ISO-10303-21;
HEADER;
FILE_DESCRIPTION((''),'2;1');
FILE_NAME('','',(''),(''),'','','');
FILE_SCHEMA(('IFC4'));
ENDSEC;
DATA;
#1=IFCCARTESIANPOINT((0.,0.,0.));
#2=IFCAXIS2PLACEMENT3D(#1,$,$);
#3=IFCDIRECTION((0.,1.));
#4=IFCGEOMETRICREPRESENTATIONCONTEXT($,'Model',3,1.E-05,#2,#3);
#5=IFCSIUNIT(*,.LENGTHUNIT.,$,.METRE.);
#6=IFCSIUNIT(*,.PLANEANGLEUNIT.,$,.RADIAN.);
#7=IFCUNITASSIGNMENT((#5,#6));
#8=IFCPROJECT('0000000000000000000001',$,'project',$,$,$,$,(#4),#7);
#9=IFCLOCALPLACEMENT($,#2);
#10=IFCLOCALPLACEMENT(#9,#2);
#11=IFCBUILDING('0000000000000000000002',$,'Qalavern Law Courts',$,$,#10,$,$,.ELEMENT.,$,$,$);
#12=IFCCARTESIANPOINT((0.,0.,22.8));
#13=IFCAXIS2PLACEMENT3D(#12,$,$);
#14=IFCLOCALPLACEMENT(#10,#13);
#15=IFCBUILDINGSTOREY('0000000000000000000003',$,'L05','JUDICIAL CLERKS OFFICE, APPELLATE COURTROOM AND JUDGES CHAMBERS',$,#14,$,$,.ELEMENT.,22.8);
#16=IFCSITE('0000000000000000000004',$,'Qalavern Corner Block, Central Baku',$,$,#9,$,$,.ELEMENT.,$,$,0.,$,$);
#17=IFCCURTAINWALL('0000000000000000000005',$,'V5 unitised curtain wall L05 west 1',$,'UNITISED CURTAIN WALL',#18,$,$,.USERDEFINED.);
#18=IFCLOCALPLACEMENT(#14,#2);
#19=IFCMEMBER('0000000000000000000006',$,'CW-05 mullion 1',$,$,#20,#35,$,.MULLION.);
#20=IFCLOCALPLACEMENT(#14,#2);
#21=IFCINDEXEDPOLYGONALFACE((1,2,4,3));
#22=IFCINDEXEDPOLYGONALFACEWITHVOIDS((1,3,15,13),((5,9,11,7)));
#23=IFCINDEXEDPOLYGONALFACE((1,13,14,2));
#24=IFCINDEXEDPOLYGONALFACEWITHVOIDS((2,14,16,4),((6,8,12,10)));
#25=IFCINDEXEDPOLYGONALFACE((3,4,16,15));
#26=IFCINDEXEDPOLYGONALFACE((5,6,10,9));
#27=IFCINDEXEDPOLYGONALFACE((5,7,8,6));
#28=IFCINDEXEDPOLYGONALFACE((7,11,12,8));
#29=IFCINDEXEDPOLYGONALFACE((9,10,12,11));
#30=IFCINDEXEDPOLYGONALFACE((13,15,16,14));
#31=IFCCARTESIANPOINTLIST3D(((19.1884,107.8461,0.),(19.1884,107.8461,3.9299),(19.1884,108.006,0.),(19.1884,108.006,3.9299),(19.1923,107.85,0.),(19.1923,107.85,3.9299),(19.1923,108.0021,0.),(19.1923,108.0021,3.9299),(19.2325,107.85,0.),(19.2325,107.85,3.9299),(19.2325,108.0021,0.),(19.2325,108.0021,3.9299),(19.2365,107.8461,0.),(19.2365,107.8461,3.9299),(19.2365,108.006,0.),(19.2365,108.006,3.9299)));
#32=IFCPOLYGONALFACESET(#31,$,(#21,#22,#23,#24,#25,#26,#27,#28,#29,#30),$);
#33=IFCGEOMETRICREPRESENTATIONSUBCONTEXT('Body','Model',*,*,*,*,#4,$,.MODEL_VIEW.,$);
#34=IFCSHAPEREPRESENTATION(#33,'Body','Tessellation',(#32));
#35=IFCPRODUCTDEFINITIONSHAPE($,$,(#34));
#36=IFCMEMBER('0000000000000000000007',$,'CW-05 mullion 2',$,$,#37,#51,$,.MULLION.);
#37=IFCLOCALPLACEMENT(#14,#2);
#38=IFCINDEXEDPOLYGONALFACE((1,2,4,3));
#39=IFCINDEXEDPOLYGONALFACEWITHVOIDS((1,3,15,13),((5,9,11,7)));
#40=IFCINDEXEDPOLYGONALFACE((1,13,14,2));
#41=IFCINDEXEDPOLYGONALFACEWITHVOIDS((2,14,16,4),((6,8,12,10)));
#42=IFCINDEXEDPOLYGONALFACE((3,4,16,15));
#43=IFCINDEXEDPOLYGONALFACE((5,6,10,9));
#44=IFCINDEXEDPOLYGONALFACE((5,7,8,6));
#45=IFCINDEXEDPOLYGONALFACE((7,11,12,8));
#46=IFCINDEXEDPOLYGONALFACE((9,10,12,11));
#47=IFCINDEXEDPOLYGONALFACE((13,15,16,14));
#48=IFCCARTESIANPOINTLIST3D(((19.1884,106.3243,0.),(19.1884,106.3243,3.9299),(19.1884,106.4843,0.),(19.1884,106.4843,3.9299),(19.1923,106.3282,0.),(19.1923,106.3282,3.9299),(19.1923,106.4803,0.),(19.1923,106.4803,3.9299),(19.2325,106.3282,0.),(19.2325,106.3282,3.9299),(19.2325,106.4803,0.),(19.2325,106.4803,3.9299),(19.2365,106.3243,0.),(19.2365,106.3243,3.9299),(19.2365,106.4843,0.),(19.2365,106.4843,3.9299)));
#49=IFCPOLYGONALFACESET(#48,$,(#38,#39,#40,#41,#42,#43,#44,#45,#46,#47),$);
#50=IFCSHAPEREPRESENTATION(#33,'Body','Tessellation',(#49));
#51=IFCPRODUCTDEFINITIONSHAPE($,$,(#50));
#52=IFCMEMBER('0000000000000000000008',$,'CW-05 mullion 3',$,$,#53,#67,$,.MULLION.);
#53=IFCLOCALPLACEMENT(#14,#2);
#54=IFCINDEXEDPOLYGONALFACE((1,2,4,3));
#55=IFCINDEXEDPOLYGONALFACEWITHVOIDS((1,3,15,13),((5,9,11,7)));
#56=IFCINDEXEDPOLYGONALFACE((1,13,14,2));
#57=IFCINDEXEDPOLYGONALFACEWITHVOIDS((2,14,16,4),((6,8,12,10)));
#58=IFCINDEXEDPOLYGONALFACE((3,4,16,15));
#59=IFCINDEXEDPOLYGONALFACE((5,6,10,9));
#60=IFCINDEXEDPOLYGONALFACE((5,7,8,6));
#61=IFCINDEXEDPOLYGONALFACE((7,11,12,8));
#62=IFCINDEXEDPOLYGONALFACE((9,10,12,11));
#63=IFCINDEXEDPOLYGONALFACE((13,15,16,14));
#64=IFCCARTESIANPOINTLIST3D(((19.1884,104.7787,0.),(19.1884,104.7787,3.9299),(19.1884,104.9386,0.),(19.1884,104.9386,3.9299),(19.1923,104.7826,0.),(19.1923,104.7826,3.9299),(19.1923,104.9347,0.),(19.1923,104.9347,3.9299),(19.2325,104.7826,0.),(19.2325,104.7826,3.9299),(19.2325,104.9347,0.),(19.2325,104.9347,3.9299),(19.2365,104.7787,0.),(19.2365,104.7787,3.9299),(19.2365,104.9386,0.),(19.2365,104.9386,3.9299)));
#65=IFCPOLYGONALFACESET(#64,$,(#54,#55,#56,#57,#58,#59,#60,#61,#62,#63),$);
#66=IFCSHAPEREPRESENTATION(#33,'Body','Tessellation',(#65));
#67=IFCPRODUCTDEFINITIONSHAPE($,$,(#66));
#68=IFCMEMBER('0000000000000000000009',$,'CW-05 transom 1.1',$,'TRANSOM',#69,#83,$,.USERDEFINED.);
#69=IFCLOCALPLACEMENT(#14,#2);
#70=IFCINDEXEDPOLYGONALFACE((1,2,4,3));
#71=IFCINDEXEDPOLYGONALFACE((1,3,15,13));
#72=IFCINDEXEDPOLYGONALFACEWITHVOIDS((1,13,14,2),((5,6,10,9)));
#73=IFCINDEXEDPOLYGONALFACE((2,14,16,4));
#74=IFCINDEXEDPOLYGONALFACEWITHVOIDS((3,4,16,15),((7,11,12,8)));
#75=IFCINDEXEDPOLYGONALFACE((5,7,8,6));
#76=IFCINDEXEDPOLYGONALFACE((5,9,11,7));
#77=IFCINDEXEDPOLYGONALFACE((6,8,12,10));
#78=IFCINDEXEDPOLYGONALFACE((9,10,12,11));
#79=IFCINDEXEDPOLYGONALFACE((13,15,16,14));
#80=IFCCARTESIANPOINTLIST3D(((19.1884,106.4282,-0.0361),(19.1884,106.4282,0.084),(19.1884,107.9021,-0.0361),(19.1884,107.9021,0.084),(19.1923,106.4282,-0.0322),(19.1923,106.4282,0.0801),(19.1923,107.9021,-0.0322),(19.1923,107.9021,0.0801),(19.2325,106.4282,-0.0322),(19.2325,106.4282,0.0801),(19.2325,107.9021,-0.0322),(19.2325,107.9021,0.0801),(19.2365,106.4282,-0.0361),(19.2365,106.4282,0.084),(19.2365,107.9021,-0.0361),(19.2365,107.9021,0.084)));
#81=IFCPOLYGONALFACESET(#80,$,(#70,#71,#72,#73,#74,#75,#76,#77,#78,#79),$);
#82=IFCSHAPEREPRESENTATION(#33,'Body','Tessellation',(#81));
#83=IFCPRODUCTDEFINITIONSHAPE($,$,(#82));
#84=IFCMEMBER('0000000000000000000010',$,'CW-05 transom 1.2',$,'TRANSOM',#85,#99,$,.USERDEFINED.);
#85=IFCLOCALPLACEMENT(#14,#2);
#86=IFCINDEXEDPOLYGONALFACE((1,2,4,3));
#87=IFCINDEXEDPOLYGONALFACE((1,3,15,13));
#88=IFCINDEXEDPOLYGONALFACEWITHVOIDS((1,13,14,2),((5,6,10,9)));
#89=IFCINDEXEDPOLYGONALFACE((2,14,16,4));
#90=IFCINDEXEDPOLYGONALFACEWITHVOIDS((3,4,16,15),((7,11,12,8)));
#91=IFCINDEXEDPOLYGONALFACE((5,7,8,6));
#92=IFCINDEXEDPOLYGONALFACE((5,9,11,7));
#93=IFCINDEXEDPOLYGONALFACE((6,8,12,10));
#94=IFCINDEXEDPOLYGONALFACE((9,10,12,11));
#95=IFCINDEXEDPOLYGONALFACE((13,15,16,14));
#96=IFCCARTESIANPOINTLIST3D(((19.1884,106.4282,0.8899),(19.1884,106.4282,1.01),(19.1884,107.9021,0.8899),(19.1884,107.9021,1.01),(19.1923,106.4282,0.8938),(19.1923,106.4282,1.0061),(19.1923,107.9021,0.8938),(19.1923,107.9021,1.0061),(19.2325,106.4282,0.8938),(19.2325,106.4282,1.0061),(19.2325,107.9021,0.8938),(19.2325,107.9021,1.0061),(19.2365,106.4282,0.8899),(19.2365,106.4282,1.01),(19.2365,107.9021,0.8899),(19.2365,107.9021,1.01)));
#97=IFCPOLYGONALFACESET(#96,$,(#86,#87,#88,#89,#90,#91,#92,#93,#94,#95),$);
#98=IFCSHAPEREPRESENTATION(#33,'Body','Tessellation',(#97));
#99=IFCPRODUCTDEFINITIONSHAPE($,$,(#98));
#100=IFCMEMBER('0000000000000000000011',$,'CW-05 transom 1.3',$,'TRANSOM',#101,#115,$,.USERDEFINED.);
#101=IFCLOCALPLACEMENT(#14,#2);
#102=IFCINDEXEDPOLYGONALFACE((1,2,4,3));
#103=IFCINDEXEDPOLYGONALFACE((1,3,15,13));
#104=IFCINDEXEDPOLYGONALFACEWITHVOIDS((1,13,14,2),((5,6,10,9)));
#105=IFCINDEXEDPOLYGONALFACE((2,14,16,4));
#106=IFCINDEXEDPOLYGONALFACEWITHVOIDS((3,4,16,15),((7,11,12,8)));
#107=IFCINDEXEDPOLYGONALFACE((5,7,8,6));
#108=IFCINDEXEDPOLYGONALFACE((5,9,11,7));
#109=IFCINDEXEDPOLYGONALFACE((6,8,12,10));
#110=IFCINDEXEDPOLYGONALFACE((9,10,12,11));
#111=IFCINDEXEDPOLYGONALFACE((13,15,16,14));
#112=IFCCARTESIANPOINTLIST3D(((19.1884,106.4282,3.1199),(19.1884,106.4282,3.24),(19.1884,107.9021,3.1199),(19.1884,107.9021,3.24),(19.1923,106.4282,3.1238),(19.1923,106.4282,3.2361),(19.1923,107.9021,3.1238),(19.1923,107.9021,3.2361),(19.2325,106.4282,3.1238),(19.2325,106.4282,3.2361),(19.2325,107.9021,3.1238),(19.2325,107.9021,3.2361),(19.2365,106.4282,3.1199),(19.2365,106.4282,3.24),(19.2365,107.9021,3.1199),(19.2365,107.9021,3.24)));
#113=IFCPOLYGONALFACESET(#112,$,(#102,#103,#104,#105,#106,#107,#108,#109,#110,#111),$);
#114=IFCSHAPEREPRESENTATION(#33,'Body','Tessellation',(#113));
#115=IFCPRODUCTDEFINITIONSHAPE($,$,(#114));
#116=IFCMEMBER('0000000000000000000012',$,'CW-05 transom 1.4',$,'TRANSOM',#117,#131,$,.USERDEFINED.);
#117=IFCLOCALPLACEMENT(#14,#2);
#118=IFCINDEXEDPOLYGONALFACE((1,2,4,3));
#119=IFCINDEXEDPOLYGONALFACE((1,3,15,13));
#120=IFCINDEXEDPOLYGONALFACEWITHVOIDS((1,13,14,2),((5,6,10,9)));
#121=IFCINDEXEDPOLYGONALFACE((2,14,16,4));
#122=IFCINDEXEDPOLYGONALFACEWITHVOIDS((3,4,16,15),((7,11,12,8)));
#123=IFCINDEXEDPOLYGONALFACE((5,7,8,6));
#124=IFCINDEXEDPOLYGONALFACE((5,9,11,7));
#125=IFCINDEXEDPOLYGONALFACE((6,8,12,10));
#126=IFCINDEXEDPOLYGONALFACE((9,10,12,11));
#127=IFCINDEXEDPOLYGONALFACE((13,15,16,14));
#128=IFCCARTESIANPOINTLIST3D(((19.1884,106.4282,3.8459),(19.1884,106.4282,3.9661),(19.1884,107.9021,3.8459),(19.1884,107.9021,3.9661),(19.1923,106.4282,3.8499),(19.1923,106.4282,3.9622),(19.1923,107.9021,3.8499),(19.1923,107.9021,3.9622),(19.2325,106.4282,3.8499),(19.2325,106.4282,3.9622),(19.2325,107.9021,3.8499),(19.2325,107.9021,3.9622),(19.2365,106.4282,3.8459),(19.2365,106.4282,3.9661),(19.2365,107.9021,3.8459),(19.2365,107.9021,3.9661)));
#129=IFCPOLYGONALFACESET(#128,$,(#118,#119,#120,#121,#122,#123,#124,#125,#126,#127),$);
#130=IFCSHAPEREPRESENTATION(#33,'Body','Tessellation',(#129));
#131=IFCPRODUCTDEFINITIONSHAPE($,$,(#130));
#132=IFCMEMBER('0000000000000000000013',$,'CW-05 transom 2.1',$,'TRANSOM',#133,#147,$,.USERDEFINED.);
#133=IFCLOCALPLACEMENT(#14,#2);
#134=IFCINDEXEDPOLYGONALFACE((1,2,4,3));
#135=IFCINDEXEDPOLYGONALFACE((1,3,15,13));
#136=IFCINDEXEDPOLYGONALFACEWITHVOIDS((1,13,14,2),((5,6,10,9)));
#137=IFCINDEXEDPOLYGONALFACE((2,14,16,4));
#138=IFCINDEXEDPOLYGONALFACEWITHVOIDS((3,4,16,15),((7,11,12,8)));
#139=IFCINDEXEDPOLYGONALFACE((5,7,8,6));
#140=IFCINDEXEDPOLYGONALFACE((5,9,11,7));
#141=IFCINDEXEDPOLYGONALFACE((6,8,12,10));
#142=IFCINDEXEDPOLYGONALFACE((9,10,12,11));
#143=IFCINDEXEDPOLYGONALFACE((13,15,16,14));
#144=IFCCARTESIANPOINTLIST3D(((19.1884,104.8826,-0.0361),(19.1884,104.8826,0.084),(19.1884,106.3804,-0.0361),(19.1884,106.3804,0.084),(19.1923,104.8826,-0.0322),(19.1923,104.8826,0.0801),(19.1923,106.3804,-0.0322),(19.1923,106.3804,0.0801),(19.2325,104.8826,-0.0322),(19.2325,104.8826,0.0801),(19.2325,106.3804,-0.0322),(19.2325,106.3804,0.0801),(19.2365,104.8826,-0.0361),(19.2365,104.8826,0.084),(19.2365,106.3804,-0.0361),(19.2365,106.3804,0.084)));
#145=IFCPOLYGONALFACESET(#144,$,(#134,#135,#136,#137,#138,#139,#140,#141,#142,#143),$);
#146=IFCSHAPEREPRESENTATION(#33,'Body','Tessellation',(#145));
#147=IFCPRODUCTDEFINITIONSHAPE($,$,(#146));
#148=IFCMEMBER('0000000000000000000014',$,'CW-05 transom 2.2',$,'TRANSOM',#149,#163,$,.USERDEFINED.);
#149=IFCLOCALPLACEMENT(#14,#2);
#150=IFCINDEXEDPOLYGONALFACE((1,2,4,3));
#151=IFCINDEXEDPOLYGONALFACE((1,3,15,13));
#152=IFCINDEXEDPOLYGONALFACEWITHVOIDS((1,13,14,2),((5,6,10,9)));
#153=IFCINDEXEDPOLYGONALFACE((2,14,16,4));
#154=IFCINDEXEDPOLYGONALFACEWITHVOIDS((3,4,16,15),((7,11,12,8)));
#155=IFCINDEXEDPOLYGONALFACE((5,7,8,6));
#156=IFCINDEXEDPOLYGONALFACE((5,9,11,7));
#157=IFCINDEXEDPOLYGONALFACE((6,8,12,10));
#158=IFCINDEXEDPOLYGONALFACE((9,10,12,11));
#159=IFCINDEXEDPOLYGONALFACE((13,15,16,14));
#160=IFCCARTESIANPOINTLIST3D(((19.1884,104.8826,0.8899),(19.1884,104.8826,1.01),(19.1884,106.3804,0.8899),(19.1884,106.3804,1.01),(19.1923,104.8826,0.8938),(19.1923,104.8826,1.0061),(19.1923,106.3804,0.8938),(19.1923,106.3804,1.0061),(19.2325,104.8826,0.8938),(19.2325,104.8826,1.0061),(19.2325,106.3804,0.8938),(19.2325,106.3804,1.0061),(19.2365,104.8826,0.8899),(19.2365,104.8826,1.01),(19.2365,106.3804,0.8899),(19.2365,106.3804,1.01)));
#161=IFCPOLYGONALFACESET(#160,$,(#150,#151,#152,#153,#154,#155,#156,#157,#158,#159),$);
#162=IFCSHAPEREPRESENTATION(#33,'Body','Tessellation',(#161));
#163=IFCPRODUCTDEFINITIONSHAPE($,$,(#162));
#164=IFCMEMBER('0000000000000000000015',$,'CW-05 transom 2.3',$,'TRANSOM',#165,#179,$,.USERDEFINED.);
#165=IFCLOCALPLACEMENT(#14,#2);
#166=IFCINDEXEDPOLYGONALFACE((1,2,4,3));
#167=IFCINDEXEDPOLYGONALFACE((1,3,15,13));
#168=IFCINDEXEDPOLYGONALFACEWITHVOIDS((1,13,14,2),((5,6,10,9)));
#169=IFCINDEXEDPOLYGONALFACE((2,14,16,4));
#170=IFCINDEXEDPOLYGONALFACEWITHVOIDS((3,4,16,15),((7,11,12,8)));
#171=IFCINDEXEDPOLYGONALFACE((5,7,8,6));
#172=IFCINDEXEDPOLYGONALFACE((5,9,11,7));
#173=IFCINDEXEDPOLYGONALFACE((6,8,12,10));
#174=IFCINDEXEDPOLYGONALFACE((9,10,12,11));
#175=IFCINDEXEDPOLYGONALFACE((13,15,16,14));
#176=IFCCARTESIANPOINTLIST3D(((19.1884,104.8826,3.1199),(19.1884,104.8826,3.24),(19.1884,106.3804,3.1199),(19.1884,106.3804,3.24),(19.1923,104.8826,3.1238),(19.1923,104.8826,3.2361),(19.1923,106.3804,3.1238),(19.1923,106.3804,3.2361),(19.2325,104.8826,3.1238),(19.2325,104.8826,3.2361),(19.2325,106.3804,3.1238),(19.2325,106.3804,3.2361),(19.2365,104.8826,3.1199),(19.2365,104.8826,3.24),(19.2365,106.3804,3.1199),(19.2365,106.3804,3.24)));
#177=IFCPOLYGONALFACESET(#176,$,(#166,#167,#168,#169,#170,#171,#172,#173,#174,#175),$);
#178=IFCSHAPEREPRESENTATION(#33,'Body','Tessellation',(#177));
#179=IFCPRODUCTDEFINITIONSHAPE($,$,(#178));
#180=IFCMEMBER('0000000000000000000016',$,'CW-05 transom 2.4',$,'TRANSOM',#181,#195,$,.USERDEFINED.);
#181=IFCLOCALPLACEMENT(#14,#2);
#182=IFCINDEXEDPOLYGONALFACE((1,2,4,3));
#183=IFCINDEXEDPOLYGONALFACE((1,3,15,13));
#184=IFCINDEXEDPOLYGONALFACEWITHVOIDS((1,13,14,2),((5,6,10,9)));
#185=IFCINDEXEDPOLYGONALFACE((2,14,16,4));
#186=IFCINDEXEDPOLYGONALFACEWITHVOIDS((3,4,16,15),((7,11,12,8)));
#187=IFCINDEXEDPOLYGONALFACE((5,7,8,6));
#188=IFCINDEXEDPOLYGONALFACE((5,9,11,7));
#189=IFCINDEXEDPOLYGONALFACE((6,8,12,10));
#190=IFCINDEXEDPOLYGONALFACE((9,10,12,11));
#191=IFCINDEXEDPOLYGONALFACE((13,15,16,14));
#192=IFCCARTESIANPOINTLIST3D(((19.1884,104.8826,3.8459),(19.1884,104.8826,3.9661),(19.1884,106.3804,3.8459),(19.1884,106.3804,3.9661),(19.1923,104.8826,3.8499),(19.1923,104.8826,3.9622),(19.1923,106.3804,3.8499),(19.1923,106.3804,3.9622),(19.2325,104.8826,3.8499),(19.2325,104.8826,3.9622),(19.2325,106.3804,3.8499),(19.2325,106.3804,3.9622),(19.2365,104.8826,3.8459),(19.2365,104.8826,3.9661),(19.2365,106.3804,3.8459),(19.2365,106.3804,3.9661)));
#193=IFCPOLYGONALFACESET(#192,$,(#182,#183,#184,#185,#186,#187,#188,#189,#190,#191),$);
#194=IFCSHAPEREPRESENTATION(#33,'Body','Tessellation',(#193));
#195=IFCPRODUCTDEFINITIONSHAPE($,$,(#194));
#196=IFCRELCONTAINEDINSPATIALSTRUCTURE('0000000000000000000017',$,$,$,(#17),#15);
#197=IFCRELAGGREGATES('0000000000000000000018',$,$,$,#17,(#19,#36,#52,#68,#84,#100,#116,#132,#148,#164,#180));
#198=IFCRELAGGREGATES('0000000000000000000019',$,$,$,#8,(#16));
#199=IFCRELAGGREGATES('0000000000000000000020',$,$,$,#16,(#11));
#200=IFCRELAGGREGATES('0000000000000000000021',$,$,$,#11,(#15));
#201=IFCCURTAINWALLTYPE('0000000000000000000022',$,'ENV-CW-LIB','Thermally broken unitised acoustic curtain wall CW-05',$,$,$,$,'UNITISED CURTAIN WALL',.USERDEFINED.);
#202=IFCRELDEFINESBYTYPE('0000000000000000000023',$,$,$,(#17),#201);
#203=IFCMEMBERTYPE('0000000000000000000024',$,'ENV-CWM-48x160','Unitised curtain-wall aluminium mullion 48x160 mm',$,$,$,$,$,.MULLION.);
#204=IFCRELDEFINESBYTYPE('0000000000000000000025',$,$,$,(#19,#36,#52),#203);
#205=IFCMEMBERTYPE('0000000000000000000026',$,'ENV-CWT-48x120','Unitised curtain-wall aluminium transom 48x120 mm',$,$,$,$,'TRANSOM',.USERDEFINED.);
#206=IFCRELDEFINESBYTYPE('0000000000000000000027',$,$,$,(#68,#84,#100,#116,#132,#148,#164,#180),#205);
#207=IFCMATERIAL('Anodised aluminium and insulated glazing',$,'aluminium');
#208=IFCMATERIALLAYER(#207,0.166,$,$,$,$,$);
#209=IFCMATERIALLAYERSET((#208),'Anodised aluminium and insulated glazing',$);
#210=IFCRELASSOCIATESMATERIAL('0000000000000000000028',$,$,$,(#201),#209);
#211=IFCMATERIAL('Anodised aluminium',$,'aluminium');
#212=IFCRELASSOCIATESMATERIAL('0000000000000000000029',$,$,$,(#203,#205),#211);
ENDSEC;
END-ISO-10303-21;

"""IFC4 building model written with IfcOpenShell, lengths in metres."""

from ifc_helpers import new_model, si_unit, direction, frame, origin, origin_2d, place, context, subcontext, project, spatial, hollow_rectangle, extrude, material, layer, layer_set, material_profile, profile_set, type_object, element, aggregate, save


model = new_model("IFC4")

# Units and contexts
model_context = context("Model", 3, precision=1e-05, world=origin(), true_north=direction((0.0, 1.0)))
body_context = subcontext(model_context, "Body", "Model", "MODEL_VIEW")
ifc_project = project(units=[si_unit("LENGTHUNIT", "METRE"), si_unit("PLANEANGLEUNIT", "RADIAN")], contexts=[model_context])

# Site, building, storey
site_placement = place(None, origin())
site = spatial("IfcSite", under=ifc_project, at=site_placement, Name="Qalavern Corner Block, Central Baku", CompositionType="ELEMENT", RefElevation=0.0)
building_placement = place(site_placement, origin())
building = spatial("IfcBuilding", under=site, at=building_placement, Name="Qalavern Law Courts", CompositionType="ELEMENT")
storey_placement = place(building_placement, frame((0.0, 0.0, 22.8)))
storey = spatial("IfcBuildingStorey", under=building, at=storey_placement, Name="L05", Description="JUDICIAL CLERKS OFFICE, APPELLATE COURTROOM AND JUDGES CHAMBERS", CompositionType="ELEMENT", Elevation=22.8)

# Curtain wall, members
ifc_material_1 = material(Name="Anodised aluminium and insulated glazing", Category="aluminium")
ifc_layer_1 = layer(ifc_material_1, 0.166)
ifc_layer_set_1 = layer_set([ifc_layer_1], Name="Anodised aluminium and insulated glazing")
curtain_wall_type = type_object("IfcCurtainWallType", Name="ENV-CW-LIB", Description="Thermally broken unitised acoustic curtain wall CW-05", ElementType="UNITISED CURTAIN WALL", PredefinedType="USERDEFINED", material=ifc_layer_set_1)
curtain_wall_placement = place(storey_placement, origin())
curtain_wall = element("IfcCurtainWall", 1, at=curtain_wall_placement, inside=storey, type_object=curtain_wall_type, Name="V5 unitised curtain wall L05 west 1", ObjectType="UNITISED CURTAIN WALL", PredefinedType="USERDEFINED")
ifc_material_2 = material(Name="Anodised aluminium", Category="aluminium")
ifc_material_profile_1 = material_profile(ifc_material_2, hollow_rectangle(XDim=0.0481, YDim=0.1599, WallThickness=0.0039, at=origin_2d()), Name="ALU MULLION 48x160")
ifc_profile_set_1 = profile_set([ifc_material_profile_1], Name="Anodised aluminium")
member_type_1 = type_object("IfcMemberType", Name="ENV-CWM-48x160", Description="Unitised curtain-wall aluminium mullion 48x160 mm", PredefinedType="MULLION", material=ifc_profile_set_1)
member_1_placement = place(storey_placement, frame((19.2124, 107.926, 0.0), z_axis=(0.0, 0.0, 1.0), x_axis=(1.0, 0.0, 0.0)))
member_1 = element("IfcMember", 2, at=member_1_placement, type_object=member_type_1, Name="CW-05 mullion 1", PredefinedType="MULLION", context=body_context, shape_type="SweptSolid", body=[
    extrude(hollow_rectangle(XDim=0.0481, YDim=0.1599, WallThickness=0.0039, at=origin_2d()), origin(), (0.0, 0.0, 1.0), 3.9299),
])
member_2_placement = place(storey_placement, frame((19.2124, 106.4043, 0.0), z_axis=(0.0, 0.0, 1.0), x_axis=(1.0, 0.0, 0.0)))
member_2 = element("IfcMember", 3, at=member_2_placement, type_object=member_type_1, Name="CW-05 mullion 2", PredefinedType="MULLION", context=body_context, shape_type="SweptSolid", body=[
    extrude(hollow_rectangle(XDim=0.0481, YDim=0.1599, WallThickness=0.0039, at=origin_2d()), origin(), (0.0, 0.0, 1.0), 3.9299),
])
member_3_placement = place(storey_placement, frame((19.2124, 104.8586, 0.0), z_axis=(0.0, 0.0, 1.0), x_axis=(1.0, 0.0, 0.0)))
member_3 = element("IfcMember", 4, at=member_3_placement, type_object=member_type_1, Name="CW-05 mullion 3", PredefinedType="MULLION", context=body_context, shape_type="SweptSolid", body=[
    extrude(hollow_rectangle(XDim=0.0481, YDim=0.1599, WallThickness=0.0039, at=origin_2d()), origin(), (0.0, 0.0, 1.0), 3.9299),
])
ifc_material_profile_2 = material_profile(ifc_material_2, hollow_rectangle(XDim=0.0481, YDim=0.1201, WallThickness=0.0039, at=origin_2d()), Name="ALU TRANSOM 48x120")
ifc_profile_set_2 = profile_set([ifc_material_profile_2], Name="Anodised aluminium")
member_type_2 = type_object("IfcMemberType", Name="ENV-CWT-48x120", Description="Unitised curtain-wall aluminium transom 48x120 mm", ElementType="TRANSOM", PredefinedType="USERDEFINED", material=ifc_profile_set_2)
member_4_placement = place(storey_placement, frame((19.2124, 107.9021, 0.0239), z_axis=(0.0, -1.0, 0.0), x_axis=(1.0, 0.0, 0.0)))
member_4 = element("IfcMember", 5, at=member_4_placement, type_object=member_type_2, Name="CW-05 transom 1.1", ObjectType="TRANSOM", PredefinedType="USERDEFINED", context=body_context, shape_type="SweptSolid", body=[
    extrude(hollow_rectangle(XDim=0.0481, YDim=0.1201, WallThickness=0.0039, at=origin_2d()), origin(), (0.0, 0.0, 1.0), 1.4739),
])
member_5_placement = place(storey_placement, frame((19.2124, 107.9021, 0.95), z_axis=(0.0, -1.0, 0.0), x_axis=(1.0, 0.0, 0.0)))
member_5 = element("IfcMember", 6, at=member_5_placement, type_object=member_type_2, Name="CW-05 transom 1.2", ObjectType="TRANSOM", PredefinedType="USERDEFINED", context=body_context, shape_type="SweptSolid", body=[
    extrude(hollow_rectangle(XDim=0.0481, YDim=0.1201, WallThickness=0.0039, at=origin_2d()), origin(), (0.0, 0.0, 1.0), 1.4739),
])
member_6_placement = place(storey_placement, frame((19.2124, 107.9021, 3.1799), z_axis=(0.0, -1.0, 0.0), x_axis=(1.0, 0.0, 0.0)))
member_6 = element("IfcMember", 7, at=member_6_placement, type_object=member_type_2, Name="CW-05 transom 1.3", ObjectType="TRANSOM", PredefinedType="USERDEFINED", context=body_context, shape_type="SweptSolid", body=[
    extrude(hollow_rectangle(XDim=0.0481, YDim=0.1201, WallThickness=0.0039, at=origin_2d()), origin(), (0.0, 0.0, 1.0), 1.4739),
])
member_7_placement = place(storey_placement, frame((19.2124, 107.9021, 3.906), z_axis=(0.0, -1.0, 0.0), x_axis=(1.0, 0.0, 0.0)))
member_7 = element("IfcMember", 8, at=member_7_placement, type_object=member_type_2, Name="CW-05 transom 1.4", ObjectType="TRANSOM", PredefinedType="USERDEFINED", context=body_context, shape_type="SweptSolid", body=[
    extrude(hollow_rectangle(XDim=0.0481, YDim=0.1201, WallThickness=0.0039, at=origin_2d()), origin(), (0.0, 0.0, 1.0), 1.4739),
])
member_8_placement = place(storey_placement, frame((19.2124, 106.3804, 0.0239), z_axis=(0.0, -1.0, 0.0), x_axis=(1.0, 0.0, 0.0)))
member_8 = element("IfcMember", 9, at=member_8_placement, type_object=member_type_2, Name="CW-05 transom 2.1", ObjectType="TRANSOM", PredefinedType="USERDEFINED", context=body_context, shape_type="SweptSolid", body=[
    extrude(hollow_rectangle(XDim=0.0481, YDim=0.1201, WallThickness=0.0039, at=origin_2d()), origin(), (0.0, 0.0, 1.0), 1.4978),
])
member_9_placement = place(storey_placement, frame((19.2124, 106.3804, 0.95), z_axis=(0.0, -1.0, 0.0), x_axis=(1.0, 0.0, 0.0)))
member_9 = element("IfcMember", 10, at=member_9_placement, type_object=member_type_2, Name="CW-05 transom 2.2", ObjectType="TRANSOM", PredefinedType="USERDEFINED", context=body_context, shape_type="SweptSolid", body=[
    extrude(hollow_rectangle(XDim=0.0481, YDim=0.1201, WallThickness=0.0039, at=origin_2d()), origin(), (0.0, 0.0, 1.0), 1.4978),
])
member_10_placement = place(storey_placement, frame((19.2124, 106.3804, 3.1799), z_axis=(0.0, -1.0, 0.0), x_axis=(1.0, 0.0, 0.0)))
member_10 = element("IfcMember", 11, at=member_10_placement, type_object=member_type_2, Name="CW-05 transom 2.3", ObjectType="TRANSOM", PredefinedType="USERDEFINED", context=body_context, shape_type="SweptSolid", body=[
    extrude(hollow_rectangle(XDim=0.0481, YDim=0.1201, WallThickness=0.0039, at=origin_2d()), origin(), (0.0, 0.0, 1.0), 1.4978),
])
member_11_placement = place(storey_placement, frame((19.2124, 106.3804, 3.906), z_axis=(0.0, -1.0, 0.0), x_axis=(1.0, 0.0, 0.0)))
member_11 = element("IfcMember", 12, at=member_11_placement, type_object=member_type_2, Name="CW-05 transom 2.4", ObjectType="TRANSOM", PredefinedType="USERDEFINED", context=body_context, shape_type="SweptSolid", body=[
    extrude(hollow_rectangle(XDim=0.0481, YDim=0.1201, WallThickness=0.0039, at=origin_2d()), origin(), (0.0, 0.0, 1.0), 1.4978),
])
aggregate(curtain_wall, [member_1, member_2, member_3, member_4, member_5, member_6, member_7, member_8, member_9, member_10, member_11])

save(model, "model.ifc")
